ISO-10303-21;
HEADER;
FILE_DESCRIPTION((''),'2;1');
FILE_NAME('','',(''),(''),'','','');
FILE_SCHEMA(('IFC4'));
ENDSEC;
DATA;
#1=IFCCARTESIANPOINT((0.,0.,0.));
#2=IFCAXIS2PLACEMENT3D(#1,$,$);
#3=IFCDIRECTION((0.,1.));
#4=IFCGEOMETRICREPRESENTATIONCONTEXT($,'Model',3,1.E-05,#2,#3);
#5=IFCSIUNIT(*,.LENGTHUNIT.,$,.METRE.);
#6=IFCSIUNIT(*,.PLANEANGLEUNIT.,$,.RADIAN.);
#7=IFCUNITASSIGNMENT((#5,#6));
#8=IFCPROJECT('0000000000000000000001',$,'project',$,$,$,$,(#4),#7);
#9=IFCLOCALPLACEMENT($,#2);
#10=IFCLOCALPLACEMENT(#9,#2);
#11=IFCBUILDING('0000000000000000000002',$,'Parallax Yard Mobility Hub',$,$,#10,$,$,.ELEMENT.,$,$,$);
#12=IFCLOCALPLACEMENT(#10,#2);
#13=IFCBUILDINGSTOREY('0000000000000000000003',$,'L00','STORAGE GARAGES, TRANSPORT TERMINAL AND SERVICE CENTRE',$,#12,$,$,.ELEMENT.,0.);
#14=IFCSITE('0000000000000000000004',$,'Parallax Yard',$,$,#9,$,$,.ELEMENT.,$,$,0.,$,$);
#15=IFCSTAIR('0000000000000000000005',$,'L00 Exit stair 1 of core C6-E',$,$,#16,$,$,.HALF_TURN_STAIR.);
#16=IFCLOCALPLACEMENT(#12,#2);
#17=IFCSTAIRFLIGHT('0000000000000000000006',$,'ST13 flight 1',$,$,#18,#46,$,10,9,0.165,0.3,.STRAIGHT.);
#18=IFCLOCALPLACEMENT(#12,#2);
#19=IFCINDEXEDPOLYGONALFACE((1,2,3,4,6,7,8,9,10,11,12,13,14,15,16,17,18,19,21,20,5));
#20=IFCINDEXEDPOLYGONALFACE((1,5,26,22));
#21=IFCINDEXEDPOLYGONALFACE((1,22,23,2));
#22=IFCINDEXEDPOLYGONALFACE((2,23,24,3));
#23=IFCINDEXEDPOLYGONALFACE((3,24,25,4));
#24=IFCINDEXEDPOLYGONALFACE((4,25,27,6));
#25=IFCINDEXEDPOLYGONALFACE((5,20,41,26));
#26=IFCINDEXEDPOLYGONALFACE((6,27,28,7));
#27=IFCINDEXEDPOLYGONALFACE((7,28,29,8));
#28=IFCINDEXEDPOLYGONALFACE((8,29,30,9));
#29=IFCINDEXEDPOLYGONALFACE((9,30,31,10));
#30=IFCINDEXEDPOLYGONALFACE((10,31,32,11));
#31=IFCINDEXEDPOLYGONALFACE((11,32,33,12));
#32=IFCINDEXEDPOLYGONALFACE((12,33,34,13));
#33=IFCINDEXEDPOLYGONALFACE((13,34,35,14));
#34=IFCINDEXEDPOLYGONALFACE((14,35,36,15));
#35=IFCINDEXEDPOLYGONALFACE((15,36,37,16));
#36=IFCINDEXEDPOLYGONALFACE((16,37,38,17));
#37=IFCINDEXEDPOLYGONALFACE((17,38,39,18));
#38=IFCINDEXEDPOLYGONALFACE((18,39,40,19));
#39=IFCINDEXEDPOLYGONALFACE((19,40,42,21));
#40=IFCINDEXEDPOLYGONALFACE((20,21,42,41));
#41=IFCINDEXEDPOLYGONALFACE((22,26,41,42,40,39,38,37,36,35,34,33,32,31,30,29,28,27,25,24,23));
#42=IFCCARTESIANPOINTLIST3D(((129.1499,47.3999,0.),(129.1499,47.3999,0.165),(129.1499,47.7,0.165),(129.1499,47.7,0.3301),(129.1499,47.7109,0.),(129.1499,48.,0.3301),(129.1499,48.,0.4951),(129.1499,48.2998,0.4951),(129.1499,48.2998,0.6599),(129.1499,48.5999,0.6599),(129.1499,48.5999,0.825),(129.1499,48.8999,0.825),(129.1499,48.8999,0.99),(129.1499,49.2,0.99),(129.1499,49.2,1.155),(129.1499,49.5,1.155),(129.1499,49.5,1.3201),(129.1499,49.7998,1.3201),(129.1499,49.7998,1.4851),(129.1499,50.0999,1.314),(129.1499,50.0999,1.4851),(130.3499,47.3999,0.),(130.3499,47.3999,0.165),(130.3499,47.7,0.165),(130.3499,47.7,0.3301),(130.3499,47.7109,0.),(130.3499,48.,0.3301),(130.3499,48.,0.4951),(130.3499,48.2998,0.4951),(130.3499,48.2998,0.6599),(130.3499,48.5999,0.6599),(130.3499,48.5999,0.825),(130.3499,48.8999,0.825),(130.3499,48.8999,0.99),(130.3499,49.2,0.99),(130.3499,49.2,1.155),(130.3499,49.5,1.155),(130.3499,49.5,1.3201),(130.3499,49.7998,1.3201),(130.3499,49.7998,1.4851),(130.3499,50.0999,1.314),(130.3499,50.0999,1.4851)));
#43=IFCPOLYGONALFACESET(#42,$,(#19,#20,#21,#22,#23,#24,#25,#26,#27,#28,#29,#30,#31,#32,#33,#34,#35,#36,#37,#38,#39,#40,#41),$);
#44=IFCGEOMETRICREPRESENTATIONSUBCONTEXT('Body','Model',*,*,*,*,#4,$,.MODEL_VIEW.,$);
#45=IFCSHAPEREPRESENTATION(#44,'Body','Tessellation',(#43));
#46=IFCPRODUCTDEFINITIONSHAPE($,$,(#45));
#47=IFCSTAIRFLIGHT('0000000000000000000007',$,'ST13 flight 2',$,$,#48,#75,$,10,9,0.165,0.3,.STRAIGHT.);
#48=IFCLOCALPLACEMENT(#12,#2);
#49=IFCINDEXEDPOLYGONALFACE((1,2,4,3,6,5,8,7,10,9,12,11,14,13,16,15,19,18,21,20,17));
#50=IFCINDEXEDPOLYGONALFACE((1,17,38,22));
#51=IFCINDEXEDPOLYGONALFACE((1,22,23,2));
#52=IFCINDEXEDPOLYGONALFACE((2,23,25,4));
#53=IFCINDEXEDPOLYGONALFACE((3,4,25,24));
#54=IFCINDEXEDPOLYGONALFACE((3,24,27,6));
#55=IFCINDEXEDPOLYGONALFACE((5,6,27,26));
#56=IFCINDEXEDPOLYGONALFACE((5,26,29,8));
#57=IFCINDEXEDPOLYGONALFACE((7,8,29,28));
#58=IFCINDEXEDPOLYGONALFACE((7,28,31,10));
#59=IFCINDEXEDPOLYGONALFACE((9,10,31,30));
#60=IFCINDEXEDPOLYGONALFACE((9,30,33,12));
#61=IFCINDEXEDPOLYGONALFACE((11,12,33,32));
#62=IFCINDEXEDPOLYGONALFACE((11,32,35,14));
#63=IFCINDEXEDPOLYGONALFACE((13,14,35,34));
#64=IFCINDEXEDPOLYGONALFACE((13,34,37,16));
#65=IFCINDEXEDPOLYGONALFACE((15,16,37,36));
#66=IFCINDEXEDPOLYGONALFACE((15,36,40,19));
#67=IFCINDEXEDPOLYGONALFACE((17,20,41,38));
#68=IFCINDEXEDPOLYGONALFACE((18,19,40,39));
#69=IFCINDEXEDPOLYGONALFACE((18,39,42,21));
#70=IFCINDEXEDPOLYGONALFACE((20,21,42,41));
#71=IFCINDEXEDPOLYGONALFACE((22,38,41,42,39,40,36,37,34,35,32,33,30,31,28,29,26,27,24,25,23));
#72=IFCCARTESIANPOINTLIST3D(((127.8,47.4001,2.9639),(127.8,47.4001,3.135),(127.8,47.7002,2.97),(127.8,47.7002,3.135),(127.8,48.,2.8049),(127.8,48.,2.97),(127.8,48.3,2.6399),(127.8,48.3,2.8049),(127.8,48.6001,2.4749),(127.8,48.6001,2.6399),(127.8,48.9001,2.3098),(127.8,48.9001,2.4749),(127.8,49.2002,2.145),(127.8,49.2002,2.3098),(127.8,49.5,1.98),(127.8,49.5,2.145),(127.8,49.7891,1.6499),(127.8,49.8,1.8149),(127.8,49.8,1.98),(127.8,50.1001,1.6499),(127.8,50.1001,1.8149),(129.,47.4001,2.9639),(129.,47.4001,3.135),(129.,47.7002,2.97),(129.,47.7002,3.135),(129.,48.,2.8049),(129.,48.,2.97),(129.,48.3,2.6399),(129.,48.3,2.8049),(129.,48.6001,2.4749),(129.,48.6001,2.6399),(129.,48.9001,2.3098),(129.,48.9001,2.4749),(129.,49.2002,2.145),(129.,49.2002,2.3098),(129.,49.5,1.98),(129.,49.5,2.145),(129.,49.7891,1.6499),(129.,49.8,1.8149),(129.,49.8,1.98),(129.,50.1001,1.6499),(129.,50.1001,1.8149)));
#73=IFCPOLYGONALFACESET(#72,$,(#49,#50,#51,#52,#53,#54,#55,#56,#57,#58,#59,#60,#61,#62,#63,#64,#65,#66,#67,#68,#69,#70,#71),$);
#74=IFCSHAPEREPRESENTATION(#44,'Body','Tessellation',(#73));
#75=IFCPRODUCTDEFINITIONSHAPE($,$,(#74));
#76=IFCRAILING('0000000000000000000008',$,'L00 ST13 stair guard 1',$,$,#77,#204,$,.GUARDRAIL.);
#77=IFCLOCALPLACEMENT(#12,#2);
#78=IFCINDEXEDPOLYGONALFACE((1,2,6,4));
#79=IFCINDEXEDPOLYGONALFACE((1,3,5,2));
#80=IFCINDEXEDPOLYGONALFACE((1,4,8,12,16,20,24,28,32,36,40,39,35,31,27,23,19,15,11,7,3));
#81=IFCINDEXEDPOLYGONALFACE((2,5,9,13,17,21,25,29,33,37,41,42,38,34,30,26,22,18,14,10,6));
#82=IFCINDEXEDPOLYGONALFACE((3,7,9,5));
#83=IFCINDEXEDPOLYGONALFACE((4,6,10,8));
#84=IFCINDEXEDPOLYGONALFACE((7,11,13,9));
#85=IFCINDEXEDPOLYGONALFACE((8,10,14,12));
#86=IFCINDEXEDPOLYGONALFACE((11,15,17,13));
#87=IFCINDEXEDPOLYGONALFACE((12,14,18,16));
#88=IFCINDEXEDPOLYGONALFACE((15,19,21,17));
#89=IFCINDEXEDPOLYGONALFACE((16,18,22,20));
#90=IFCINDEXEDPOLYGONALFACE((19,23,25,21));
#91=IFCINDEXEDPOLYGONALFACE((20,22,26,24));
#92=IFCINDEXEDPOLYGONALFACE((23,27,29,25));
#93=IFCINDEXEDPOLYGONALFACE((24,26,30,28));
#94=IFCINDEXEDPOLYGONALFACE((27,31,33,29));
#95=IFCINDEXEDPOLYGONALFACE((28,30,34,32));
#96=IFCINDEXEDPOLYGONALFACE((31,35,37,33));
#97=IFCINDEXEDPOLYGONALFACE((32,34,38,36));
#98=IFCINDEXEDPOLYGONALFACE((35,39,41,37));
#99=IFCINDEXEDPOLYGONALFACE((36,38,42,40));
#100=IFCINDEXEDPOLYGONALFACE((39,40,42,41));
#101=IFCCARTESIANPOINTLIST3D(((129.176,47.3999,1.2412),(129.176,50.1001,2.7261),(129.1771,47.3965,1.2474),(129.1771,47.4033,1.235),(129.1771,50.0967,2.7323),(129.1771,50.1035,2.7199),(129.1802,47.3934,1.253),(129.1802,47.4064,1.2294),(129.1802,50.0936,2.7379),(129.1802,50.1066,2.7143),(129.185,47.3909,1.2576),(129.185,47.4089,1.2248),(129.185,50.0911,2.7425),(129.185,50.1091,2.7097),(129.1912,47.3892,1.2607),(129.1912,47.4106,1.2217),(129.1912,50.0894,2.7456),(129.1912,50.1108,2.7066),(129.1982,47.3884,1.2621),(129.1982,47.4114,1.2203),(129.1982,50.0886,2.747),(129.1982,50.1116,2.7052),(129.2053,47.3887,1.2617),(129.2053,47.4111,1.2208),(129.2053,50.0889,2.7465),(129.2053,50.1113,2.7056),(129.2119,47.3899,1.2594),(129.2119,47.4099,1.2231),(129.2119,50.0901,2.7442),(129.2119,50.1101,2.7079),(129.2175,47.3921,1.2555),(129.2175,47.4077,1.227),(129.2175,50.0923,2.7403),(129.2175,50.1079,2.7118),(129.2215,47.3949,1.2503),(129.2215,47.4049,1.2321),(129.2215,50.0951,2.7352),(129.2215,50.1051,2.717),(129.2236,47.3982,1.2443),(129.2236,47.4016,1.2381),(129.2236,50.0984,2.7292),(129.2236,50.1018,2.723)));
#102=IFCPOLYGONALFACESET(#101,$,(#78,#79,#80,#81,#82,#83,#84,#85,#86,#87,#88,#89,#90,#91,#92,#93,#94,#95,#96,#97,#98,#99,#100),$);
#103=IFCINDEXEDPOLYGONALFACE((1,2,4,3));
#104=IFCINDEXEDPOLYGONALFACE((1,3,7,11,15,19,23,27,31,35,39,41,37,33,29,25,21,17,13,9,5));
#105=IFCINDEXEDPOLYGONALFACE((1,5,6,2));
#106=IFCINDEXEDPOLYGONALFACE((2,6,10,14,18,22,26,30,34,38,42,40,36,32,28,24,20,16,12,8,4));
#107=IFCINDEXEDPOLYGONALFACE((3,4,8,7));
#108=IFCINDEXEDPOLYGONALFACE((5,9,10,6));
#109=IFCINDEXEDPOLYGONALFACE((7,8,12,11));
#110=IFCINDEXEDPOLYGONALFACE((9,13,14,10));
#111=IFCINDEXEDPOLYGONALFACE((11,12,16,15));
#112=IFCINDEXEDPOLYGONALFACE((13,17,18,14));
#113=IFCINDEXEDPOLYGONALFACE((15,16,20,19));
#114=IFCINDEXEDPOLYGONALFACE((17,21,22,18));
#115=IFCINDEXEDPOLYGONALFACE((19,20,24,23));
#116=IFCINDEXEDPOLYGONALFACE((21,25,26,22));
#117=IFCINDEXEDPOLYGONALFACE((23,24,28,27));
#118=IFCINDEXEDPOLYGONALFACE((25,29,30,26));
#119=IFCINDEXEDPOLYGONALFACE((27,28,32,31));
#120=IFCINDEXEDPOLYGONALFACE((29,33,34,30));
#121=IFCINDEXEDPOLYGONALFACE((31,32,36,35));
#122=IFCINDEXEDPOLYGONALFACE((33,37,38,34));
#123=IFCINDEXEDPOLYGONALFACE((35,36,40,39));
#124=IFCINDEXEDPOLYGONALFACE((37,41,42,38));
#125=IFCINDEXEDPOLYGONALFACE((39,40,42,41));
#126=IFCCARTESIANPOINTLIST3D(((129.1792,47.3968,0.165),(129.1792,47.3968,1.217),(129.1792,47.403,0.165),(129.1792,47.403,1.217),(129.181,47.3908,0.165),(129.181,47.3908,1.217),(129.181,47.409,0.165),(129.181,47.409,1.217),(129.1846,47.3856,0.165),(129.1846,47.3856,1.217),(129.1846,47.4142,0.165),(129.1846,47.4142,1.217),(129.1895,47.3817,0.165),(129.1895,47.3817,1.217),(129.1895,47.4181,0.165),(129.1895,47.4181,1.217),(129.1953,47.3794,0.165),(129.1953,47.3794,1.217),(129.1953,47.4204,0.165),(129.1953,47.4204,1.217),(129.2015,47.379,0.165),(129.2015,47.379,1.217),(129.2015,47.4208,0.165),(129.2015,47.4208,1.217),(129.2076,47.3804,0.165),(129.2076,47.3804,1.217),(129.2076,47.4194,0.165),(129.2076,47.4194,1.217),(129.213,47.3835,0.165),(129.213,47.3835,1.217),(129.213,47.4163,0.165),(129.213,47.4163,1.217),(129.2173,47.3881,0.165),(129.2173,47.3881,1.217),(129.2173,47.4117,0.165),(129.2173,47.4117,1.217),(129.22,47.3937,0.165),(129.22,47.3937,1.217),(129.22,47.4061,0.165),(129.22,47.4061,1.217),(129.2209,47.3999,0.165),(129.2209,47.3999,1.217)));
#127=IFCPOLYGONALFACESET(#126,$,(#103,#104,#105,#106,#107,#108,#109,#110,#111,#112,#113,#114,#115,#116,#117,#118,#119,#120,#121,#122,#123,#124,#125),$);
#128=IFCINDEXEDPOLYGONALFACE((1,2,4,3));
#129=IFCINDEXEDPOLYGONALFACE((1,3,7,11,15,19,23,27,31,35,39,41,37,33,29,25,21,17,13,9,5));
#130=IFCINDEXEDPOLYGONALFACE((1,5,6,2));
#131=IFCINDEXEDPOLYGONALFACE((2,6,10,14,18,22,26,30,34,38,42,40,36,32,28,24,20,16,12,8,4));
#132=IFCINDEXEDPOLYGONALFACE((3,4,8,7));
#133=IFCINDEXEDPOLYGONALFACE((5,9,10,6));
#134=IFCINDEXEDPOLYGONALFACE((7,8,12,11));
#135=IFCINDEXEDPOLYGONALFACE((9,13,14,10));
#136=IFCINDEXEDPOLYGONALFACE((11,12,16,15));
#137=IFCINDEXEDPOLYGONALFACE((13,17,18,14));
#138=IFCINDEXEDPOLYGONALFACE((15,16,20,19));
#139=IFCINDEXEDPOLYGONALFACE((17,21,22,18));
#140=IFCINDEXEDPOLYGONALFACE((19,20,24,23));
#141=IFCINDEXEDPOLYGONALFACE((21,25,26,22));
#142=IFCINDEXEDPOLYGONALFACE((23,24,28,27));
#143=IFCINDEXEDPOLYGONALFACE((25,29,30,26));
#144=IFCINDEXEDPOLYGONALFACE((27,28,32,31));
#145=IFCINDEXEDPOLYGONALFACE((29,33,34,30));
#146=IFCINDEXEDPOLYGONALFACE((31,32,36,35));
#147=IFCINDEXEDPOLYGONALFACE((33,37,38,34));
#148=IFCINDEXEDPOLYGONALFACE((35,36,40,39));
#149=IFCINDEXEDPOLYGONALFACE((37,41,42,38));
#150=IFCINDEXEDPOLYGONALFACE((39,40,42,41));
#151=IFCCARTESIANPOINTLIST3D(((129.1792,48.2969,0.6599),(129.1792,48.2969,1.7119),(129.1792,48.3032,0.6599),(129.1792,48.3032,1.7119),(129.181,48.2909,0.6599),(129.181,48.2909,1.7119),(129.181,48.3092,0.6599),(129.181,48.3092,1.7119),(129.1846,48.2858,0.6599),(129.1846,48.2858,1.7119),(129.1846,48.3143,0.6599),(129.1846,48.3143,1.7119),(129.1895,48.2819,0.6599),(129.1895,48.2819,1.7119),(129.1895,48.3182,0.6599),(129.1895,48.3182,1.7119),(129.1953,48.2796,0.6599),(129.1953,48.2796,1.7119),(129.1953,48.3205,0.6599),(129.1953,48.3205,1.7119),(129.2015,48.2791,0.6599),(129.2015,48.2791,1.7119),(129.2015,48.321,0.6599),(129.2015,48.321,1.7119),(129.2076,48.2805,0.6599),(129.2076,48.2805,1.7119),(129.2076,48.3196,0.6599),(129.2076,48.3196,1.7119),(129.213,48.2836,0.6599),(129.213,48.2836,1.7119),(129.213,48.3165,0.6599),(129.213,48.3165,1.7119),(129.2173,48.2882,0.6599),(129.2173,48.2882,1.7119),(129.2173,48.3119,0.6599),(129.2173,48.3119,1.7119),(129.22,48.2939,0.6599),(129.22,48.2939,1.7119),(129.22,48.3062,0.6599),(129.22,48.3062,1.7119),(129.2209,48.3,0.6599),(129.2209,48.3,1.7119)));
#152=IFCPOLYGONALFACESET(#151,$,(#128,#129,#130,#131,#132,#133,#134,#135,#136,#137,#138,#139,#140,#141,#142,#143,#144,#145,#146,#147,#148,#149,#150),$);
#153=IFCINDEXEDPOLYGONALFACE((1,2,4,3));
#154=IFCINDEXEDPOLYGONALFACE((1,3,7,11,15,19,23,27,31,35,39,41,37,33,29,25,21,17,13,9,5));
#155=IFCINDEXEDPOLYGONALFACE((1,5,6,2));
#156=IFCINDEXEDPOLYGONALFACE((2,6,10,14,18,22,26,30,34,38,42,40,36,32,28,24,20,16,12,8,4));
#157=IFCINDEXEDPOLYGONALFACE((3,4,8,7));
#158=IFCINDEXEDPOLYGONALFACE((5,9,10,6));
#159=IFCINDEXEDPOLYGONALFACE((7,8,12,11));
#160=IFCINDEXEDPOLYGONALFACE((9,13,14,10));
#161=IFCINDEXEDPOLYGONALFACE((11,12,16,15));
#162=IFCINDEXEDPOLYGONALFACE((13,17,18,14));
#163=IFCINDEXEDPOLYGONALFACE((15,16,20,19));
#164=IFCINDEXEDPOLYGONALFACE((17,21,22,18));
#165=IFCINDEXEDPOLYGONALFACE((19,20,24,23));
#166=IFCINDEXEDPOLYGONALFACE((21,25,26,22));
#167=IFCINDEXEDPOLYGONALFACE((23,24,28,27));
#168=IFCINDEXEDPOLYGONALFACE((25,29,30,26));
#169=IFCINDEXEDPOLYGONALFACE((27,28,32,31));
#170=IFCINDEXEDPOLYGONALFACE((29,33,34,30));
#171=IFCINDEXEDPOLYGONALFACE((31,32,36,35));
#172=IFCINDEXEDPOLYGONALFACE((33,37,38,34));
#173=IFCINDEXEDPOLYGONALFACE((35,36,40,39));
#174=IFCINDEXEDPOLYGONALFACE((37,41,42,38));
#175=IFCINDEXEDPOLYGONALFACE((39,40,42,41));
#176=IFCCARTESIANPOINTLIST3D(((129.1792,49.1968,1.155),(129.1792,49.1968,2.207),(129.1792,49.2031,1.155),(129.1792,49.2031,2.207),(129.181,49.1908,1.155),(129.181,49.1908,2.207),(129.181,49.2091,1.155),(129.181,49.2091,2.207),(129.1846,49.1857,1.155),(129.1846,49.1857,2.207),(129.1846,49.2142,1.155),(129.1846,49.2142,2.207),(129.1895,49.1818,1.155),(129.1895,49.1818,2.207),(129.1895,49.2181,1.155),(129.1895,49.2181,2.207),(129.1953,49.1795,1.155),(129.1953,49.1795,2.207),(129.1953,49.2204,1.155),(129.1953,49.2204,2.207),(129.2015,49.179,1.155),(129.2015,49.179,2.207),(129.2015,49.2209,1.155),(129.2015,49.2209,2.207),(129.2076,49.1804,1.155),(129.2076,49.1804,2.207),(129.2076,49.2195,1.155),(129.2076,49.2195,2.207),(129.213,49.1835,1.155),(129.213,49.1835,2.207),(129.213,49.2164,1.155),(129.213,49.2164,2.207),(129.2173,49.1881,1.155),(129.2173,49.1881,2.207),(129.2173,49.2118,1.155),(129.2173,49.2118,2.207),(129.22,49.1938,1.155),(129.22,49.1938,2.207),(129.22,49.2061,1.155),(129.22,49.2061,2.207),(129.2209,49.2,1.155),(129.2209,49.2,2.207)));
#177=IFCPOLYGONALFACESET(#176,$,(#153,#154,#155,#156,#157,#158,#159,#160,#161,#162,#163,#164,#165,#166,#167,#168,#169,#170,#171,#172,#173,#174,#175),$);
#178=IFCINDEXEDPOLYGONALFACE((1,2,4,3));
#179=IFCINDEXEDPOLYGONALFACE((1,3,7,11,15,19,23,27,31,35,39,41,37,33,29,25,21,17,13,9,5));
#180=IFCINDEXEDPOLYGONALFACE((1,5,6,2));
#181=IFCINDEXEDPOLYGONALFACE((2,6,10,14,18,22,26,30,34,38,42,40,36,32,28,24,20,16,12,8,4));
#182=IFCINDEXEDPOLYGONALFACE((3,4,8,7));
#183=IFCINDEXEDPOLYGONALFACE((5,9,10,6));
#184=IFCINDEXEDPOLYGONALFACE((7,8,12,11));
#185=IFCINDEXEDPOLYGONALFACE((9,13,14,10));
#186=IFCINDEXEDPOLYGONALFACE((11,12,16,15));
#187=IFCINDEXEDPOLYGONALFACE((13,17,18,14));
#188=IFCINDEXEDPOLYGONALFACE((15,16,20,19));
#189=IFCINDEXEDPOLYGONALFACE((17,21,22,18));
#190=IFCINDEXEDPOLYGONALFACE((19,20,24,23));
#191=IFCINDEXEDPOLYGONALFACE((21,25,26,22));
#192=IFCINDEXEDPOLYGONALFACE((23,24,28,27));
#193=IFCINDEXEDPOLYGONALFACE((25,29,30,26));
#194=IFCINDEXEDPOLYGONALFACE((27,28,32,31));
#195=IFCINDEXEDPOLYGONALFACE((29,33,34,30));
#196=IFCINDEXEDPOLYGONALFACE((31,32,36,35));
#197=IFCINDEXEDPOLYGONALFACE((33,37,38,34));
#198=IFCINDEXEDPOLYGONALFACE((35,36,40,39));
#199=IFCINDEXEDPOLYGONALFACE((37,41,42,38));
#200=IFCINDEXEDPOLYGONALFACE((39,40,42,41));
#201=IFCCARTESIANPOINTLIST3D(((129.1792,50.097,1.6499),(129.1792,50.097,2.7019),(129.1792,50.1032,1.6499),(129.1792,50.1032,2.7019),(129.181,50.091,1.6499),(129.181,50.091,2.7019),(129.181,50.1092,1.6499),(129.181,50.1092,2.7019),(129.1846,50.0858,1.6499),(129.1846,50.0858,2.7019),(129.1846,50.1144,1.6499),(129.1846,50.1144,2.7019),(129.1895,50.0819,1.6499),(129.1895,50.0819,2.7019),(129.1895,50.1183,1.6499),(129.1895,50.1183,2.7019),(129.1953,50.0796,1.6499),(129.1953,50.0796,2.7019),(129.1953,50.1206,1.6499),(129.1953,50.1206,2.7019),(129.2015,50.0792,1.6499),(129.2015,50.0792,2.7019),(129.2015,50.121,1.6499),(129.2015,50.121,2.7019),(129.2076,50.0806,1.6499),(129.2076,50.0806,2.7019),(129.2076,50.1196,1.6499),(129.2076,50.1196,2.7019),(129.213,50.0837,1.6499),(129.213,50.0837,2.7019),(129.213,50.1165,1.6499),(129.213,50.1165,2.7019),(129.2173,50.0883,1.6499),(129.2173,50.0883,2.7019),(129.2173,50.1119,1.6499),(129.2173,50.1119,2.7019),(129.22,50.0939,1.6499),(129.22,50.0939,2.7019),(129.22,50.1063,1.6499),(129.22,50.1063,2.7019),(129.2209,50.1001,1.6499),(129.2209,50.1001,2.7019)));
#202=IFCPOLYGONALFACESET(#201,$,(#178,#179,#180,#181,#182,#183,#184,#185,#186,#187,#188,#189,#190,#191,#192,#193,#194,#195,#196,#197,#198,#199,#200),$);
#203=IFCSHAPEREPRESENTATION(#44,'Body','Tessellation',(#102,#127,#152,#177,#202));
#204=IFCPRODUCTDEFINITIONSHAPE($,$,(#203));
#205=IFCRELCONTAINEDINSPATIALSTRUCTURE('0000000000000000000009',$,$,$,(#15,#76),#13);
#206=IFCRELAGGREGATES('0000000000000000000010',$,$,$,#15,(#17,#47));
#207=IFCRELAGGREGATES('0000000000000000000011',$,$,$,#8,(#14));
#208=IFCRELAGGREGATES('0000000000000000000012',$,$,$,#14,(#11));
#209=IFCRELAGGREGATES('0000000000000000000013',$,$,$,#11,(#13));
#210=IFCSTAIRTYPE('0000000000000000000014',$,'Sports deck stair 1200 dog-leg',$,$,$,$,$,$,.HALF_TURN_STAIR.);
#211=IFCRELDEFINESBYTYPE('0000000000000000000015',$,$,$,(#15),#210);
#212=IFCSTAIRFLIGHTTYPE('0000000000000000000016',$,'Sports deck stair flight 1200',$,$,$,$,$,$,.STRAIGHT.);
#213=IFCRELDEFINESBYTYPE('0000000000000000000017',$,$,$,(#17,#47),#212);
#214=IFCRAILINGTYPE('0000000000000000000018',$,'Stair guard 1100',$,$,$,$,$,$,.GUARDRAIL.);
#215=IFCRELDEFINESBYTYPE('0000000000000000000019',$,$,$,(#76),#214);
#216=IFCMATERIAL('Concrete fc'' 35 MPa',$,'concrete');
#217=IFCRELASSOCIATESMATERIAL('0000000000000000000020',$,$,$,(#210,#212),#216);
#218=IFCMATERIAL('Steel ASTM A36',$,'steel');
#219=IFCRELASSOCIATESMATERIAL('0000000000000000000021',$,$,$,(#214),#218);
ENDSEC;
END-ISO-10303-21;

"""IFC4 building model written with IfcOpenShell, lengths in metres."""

from ifc_helpers import new_model, si_unit, direction, frame, origin, origin_2d, place, context, subcontext, project, spatial, polyline, circle, outline, extrude, material, type_object, element, aggregate, save


model = new_model("IFC4")

# Units and contexts
model_context = context("Model", 3, precision=1e-05, world=origin(), true_north=direction((0.0, 1.0)))
body_context = subcontext(model_context, "Body", "Model", "MODEL_VIEW")
ifc_project = project(units=[si_unit("LENGTHUNIT", "METRE"), si_unit("PLANEANGLEUNIT", "RADIAN")], contexts=[model_context])

# Site, building, storey
site_placement = place(None, origin())
site = spatial("IfcSite", under=ifc_project, at=site_placement, Name="Parallax Yard", CompositionType="ELEMENT", RefElevation=0.0)
building_placement = place(site_placement, origin())
building = spatial("IfcBuilding", under=site, at=building_placement, Name="Parallax Yard Mobility Hub", CompositionType="ELEMENT")
storey_placement = place(building_placement, origin())
storey = spatial("IfcBuildingStorey", under=building, at=storey_placement, Name="L00", Description="STORAGE GARAGES, TRANSPORT TERMINAL AND SERVICE CENTRE", CompositionType="ELEMENT", Elevation=0.0)

# Shared definitions
ifc_material_1 = material(Name="Concrete fc' 35 MPa", Category="concrete")

# Stair, stair flights
stair_type = type_object("IfcStairType", Name="Sports deck stair 1200 dog-leg", PredefinedType="HALF_TURN_STAIR", material=ifc_material_1)
stair_placement = place(storey_placement, origin())
stair = element("IfcStair", 1, at=stair_placement, inside=storey, type_object=stair_type, Name="L00 Exit stair 1 of core C6-E", PredefinedType="HALF_TURN_STAIR")
stair_flight_type = type_object("IfcStairFlightType", Name="Sports deck stair flight 1200", PredefinedType="STRAIGHT", material=ifc_material_1)
stair_flight_1_placement = place(storey_placement, frame((129.75, 47.3999, 0.0), z_axis=(0.0, 0.0, 1.0), x_axis=(0.0, 1.0, 0.0)))
stair_flight_1 = element("IfcStairFlight", 2, at=stair_flight_1_placement, type_object=stair_flight_type, Name="ST13 flight 1", NumberOfRisers=10, NumberOfTreads=9, PredefinedType="STRAIGHT", RiserHeight=0.165, TreadLength=0.3, context=body_context, shape_type="SweptSolid", body=[
    extrude(outline(polyline([(0.0, 0.0), (0.0, 0.165), (0.3, 0.165), (0.3, 0.3301), (0.6001, 0.3301), (0.6001, 0.4951), (0.8999, 0.4951), (0.8999, 0.6599), (1.2, 0.6599), (1.2, 0.825), (1.5, 0.825), (1.5, 0.99), (1.8, 0.99), (1.8, 1.155), (2.1001, 1.155), (2.1001, 1.3201), (2.3999, 1.3201), (2.3999, 1.4851), (2.7, 1.4851), (2.7, 1.6499), (2.7, 1.314), (0.311, 0.0), (0.0, 0.0)])), frame((0.0, 0.6001, 0.0), z_axis=(0.0, -1.0, 0.0), x_axis=(1.0, 0.0, 0.0)), (0.0, 0.0, 1.0), 1.2),
])
stair_flight_2_placement = place(storey_placement, frame((128.3999, 50.1001, 1.6499), z_axis=(0.0, 0.0, 1.0), x_axis=(0.0, -1.0, 0.0)))
stair_flight_2 = element("IfcStairFlight", 3, at=stair_flight_2_placement, type_object=stair_flight_type, Name="ST13 flight 2", NumberOfRisers=10, NumberOfTreads=9, PredefinedType="STRAIGHT", RiserHeight=0.165, TreadLength=0.3, context=body_context, shape_type="SweptSolid", body=[
    extrude(outline(polyline([(0.0, 0.0), (0.0, 0.165), (0.3, 0.165), (0.3, 0.3301), (0.6001, 0.3301), (0.6001, 0.4951), (0.8999, 0.4951), (0.8999, 0.6599), (1.2, 0.6599), (1.2, 0.825), (1.5, 0.825), (1.5, 0.99), (1.8, 0.99), (1.8, 1.155), (2.1001, 1.155), (2.1001, 1.3201), (2.3999, 1.3201), (2.3999, 1.4851), (2.7, 1.4851), (2.7, 1.6499), (2.7, 1.314), (0.311, 0.0), (0.0, 0.0)])), frame((0.0, 0.6001, 0.0), z_axis=(0.0, -1.0, 0.0), x_axis=(1.0, 0.0, 0.0)), (0.0, 0.0, 1.0), 1.2),
])
aggregate(stair, [stair_flight_1, stair_flight_2])

# Railing
ifc_material_2 = material(Name="Steel ASTM A36", Category="steel")
railing_type_1 = type_object("IfcRailingType", Name="Stair guard 1100", PredefinedType="GUARDRAIL", material=ifc_material_2)
railing_1_placement = place(storey_placement, frame((129.2, 47.3999, 0.165)))
element("IfcRailing", 4, at=railing_1_placement, inside=storey, type_object=railing_type_1, Name="L00 ST13 stair guard 1", PredefinedType="GUARDRAIL", context=body_context, shape_type="SweptSolid", body=[
    extrude(circle(Radius=0.0239, at=origin_2d()), frame((0.0, 0.0, 1.0762), z_axis=(0.0, 0.876249, 0.481858), x_axis=(-1.0, 0.0, 0.0)), (0.0, 0.0, 1.0), 3.0815),
    extrude(circle(Radius=0.021, at=origin_2d()), origin(), (0.0, 0.0, 1.0), 1.052),
    extrude(circle(Radius=0.021, at=origin_2d()), frame((0.0, 0.9001, 0.4949)), (0.0, 0.0, 1.0), 1.052),
    extrude(circle(Radius=0.021, at=origin_2d()), frame((0.0, 1.8, 0.99)), (0.0, 0.0, 1.0), 1.052),
    extrude(circle(Radius=0.021, at=origin_2d()), frame((0.0, 2.7002, 1.4849)), (0.0, 0.0, 1.0), 1.052),
])

save(model, "model.ifc")
